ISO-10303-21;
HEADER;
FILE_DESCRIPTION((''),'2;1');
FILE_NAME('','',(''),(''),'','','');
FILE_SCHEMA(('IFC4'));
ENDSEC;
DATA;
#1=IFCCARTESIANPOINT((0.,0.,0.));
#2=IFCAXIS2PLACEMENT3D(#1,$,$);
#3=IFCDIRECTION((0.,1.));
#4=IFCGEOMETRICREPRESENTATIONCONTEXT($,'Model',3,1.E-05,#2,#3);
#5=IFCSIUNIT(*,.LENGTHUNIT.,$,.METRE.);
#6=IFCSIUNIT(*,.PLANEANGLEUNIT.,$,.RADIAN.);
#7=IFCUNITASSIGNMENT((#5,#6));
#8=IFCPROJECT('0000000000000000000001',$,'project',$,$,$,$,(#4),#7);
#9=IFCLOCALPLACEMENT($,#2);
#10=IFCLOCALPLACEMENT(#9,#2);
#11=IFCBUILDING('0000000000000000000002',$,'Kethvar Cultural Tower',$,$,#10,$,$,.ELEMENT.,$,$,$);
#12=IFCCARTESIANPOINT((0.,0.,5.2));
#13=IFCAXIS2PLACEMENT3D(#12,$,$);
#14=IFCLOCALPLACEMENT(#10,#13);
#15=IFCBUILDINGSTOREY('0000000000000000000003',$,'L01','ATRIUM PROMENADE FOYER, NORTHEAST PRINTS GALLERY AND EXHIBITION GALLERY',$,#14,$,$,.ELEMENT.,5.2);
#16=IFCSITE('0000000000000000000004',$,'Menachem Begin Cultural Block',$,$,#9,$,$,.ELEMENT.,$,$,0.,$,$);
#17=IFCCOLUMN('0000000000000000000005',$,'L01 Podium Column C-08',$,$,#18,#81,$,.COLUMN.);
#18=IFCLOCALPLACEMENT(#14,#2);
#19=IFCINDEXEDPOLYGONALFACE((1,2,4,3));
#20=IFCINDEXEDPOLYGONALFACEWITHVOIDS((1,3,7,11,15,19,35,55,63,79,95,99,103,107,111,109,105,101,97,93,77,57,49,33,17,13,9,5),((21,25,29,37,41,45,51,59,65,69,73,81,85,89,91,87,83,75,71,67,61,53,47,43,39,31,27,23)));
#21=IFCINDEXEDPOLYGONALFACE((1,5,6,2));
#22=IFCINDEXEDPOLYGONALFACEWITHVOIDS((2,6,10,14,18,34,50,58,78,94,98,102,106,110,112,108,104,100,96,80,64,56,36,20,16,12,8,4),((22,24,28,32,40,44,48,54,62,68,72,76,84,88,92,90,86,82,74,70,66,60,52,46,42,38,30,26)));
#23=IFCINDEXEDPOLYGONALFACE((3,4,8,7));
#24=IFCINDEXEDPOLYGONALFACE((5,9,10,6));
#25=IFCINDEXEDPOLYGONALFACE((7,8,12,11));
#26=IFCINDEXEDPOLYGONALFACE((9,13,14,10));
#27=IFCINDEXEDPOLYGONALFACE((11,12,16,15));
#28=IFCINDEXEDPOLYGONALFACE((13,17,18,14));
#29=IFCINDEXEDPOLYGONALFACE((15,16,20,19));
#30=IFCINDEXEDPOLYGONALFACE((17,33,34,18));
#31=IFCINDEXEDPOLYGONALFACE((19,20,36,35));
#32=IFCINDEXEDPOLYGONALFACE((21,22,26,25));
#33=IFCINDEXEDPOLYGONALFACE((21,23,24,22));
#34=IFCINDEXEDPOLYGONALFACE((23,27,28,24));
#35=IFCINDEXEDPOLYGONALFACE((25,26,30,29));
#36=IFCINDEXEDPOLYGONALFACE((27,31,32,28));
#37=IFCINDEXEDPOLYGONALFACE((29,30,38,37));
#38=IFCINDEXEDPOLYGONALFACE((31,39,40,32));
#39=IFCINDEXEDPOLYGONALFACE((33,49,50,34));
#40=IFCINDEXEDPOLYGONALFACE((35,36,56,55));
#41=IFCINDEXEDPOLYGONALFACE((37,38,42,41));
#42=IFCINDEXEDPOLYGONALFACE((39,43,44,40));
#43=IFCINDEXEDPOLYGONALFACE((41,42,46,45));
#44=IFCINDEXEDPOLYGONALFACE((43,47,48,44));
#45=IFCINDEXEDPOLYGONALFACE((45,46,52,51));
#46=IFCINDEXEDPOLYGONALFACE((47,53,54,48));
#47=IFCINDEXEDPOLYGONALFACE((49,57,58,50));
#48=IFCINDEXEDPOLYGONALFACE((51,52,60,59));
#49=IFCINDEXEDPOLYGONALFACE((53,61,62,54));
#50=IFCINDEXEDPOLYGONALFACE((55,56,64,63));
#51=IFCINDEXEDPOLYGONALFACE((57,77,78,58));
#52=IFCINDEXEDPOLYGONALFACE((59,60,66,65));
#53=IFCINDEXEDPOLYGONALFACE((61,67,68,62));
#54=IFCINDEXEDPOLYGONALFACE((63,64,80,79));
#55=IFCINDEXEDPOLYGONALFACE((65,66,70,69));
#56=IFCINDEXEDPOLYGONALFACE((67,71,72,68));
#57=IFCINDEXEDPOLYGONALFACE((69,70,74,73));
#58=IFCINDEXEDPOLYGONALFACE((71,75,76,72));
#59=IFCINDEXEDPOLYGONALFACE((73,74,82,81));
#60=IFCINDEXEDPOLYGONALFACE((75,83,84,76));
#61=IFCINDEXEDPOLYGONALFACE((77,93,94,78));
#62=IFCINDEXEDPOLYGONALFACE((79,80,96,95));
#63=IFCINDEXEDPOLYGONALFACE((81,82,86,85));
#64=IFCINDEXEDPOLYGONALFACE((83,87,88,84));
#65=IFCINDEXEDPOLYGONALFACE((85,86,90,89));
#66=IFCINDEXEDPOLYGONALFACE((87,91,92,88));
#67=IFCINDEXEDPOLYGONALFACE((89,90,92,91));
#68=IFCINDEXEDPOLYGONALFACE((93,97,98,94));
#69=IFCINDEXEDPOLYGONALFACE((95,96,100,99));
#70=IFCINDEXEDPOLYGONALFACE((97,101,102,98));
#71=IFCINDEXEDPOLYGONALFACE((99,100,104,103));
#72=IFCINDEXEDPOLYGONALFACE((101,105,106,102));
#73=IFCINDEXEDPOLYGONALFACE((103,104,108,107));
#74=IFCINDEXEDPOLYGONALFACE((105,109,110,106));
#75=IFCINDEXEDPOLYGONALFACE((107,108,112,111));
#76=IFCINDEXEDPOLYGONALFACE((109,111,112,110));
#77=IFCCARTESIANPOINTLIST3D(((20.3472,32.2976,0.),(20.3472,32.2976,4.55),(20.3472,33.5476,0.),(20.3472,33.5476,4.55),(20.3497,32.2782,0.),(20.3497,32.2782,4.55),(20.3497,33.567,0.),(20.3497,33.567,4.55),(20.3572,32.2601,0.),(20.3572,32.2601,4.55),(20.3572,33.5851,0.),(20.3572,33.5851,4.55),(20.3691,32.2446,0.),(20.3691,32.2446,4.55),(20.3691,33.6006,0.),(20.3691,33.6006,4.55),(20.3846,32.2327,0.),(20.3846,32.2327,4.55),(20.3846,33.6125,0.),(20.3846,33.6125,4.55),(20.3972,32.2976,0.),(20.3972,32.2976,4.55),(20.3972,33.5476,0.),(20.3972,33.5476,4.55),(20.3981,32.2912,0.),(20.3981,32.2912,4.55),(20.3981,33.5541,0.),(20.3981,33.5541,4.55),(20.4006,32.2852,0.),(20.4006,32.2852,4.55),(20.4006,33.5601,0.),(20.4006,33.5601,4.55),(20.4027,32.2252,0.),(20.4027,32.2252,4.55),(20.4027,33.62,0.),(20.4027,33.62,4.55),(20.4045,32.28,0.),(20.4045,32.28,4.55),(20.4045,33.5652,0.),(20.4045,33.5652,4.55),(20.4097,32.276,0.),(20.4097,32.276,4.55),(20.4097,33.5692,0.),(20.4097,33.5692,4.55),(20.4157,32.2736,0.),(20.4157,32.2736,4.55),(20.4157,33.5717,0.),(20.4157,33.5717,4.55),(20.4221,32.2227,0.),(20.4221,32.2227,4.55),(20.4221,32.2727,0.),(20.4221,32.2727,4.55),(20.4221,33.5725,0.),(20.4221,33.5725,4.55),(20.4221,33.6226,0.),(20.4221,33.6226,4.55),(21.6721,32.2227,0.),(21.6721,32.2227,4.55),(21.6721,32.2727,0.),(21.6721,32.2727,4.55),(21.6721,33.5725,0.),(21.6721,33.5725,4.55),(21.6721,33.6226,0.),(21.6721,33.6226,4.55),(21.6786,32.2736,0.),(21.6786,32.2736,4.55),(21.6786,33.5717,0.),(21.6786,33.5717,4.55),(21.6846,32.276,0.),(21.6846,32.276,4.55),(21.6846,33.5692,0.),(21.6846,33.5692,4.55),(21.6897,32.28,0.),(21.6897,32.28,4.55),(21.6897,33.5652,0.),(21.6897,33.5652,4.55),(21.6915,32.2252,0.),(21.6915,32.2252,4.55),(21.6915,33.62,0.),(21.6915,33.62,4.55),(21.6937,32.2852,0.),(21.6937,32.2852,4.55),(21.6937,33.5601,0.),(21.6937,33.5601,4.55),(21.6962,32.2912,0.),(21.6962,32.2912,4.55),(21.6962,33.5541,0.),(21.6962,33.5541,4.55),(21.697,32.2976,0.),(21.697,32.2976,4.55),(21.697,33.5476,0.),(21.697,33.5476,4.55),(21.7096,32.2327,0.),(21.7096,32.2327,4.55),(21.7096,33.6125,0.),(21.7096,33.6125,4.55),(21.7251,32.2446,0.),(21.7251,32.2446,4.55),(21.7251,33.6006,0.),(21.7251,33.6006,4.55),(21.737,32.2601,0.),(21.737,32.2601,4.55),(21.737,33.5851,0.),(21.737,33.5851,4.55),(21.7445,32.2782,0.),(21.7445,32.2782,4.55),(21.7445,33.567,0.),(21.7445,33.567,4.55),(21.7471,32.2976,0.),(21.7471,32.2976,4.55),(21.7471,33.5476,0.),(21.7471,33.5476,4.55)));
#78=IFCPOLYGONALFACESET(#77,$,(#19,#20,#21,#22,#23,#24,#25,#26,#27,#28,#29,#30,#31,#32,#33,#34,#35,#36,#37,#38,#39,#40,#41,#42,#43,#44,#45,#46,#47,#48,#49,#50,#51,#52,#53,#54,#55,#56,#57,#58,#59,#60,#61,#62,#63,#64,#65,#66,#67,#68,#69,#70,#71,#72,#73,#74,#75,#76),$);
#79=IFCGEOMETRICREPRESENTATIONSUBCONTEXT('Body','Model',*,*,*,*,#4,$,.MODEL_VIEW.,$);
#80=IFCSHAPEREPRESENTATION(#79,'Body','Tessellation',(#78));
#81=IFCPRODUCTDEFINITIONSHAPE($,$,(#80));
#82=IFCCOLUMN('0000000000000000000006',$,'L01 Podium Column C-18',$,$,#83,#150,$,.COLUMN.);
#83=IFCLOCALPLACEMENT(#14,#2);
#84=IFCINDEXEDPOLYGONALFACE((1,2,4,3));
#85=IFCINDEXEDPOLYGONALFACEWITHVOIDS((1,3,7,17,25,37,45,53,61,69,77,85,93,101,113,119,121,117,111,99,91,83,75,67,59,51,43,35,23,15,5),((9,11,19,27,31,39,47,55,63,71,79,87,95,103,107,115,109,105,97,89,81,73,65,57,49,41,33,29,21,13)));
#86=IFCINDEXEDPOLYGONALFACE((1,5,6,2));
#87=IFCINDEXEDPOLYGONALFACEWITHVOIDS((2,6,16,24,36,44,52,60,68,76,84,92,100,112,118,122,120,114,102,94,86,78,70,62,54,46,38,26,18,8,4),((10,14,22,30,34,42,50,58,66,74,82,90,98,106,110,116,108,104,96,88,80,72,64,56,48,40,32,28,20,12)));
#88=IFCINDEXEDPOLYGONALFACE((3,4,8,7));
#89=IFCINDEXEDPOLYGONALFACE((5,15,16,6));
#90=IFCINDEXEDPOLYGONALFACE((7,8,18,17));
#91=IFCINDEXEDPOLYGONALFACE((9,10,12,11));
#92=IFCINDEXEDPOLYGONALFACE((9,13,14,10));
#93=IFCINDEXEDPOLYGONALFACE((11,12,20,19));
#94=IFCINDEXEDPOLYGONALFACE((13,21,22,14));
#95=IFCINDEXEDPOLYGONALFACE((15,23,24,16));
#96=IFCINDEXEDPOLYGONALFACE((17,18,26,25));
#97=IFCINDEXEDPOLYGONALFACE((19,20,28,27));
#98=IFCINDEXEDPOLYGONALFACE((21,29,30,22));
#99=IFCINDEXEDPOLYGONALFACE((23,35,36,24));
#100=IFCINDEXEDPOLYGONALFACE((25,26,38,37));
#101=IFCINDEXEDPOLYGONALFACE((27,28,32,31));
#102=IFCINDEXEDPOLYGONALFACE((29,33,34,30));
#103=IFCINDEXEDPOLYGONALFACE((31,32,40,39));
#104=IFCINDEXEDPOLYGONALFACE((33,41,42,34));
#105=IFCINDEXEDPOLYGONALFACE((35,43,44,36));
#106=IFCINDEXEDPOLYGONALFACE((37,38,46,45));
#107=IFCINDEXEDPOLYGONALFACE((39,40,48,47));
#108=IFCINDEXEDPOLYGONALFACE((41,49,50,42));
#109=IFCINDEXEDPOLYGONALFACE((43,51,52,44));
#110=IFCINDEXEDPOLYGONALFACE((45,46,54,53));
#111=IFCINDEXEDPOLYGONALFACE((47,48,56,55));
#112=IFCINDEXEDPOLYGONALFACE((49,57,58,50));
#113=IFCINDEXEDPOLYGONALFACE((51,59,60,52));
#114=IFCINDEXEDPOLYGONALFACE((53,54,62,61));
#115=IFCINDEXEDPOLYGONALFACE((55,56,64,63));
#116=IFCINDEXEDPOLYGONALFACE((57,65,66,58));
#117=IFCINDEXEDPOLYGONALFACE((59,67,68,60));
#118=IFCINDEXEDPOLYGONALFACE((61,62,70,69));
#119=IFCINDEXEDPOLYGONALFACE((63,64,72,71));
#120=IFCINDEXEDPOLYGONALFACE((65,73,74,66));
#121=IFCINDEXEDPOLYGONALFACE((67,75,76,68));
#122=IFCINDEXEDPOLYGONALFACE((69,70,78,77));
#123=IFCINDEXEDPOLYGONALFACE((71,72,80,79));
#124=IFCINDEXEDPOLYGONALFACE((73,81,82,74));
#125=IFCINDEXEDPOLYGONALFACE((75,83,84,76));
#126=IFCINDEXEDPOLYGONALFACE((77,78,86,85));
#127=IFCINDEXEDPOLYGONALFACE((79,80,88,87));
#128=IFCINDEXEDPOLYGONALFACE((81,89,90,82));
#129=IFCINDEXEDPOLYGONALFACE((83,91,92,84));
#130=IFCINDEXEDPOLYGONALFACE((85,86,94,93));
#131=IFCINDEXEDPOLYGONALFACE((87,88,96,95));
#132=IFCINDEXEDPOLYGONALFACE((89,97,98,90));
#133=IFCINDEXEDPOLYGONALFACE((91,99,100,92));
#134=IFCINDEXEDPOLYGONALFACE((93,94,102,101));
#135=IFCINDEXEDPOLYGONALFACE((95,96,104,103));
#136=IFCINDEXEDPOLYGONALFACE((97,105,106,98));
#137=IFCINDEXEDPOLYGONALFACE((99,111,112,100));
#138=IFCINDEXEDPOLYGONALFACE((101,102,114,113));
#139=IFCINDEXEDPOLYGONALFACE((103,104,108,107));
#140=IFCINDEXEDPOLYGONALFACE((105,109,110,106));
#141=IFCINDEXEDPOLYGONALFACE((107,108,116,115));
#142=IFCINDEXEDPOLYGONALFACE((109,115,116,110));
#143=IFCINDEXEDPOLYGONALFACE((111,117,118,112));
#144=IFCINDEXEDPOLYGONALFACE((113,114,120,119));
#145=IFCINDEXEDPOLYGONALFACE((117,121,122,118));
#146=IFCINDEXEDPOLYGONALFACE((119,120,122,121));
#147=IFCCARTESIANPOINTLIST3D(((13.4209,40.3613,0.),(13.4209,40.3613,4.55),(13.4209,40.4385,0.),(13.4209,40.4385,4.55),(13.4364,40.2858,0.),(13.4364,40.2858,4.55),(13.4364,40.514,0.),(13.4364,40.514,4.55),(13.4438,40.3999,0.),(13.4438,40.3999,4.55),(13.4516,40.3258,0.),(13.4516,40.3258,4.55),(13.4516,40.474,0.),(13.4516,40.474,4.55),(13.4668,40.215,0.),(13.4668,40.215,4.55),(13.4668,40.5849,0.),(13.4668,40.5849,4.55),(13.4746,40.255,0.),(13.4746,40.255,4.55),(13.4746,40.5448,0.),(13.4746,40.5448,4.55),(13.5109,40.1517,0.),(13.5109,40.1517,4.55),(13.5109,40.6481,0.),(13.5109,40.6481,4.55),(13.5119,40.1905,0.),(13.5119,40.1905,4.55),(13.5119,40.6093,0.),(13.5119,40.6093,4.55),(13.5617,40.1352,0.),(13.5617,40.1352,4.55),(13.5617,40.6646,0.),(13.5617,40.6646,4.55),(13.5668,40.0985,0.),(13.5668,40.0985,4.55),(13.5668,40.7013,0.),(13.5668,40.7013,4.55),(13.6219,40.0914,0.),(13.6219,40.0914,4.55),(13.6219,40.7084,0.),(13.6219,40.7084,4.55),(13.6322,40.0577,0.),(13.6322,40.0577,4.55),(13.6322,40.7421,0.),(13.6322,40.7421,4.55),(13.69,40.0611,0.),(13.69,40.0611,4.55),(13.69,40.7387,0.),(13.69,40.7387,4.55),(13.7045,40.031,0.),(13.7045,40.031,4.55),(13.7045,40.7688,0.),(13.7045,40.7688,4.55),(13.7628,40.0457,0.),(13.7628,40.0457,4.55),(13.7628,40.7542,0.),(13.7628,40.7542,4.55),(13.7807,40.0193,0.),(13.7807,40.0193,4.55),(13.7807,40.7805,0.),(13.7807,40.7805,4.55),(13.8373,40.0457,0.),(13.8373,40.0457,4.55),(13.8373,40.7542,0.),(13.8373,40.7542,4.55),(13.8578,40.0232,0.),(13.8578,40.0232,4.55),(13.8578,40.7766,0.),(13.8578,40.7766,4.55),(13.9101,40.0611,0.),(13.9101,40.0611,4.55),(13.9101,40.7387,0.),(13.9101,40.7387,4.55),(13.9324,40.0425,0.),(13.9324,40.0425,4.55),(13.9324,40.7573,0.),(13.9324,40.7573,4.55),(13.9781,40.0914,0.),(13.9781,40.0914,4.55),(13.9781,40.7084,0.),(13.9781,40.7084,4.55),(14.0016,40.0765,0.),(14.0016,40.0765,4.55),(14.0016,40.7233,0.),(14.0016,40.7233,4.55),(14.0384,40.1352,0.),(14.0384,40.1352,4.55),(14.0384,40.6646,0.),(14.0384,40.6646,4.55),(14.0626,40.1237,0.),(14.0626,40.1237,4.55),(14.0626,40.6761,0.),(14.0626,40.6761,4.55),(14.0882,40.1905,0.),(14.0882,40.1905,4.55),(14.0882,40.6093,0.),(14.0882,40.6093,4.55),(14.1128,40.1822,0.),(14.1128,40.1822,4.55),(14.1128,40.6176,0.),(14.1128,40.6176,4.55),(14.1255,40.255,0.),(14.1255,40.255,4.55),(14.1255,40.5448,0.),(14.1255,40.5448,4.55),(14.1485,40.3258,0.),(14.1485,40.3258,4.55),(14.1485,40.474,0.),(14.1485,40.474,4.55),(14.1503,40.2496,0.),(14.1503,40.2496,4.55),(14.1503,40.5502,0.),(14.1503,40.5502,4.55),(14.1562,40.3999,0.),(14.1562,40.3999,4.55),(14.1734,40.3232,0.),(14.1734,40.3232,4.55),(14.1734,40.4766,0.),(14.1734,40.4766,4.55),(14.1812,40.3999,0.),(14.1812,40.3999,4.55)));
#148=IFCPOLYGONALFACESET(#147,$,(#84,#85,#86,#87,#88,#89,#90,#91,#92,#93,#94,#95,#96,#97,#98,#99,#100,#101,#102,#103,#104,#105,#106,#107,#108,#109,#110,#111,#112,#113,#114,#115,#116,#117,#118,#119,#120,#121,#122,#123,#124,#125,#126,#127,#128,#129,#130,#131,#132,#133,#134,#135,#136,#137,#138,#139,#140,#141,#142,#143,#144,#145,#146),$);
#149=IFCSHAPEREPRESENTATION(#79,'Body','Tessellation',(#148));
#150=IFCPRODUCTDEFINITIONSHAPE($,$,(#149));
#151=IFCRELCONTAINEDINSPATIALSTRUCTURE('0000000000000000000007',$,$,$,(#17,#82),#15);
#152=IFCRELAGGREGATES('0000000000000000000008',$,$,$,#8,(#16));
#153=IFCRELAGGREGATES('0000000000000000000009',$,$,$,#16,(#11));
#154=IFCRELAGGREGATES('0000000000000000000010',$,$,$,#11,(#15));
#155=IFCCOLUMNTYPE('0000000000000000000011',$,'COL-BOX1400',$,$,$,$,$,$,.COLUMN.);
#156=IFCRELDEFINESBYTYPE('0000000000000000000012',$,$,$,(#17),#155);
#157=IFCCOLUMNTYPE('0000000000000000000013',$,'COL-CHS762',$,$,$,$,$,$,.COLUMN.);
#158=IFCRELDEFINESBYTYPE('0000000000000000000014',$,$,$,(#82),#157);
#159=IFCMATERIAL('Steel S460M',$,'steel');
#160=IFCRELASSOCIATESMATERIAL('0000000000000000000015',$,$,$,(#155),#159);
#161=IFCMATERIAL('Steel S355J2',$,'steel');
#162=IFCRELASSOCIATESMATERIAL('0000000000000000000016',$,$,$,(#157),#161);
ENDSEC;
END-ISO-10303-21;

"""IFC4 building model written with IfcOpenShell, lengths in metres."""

from ifc_helpers import new_model, si_unit, direction, frame, origin, origin_2d, place, context, subcontext, project, spatial, hollow_rectangle, hollow_circle, extrude, source, transform, mapped, material, material_profile, profile_set, type_object, element, save


model = new_model("IFC4")

# Units and contexts
model_context = context("Model", 3, precision=1e-05, world=origin(), true_north=direction((0.0, 1.0)))
body_context = subcontext(model_context, "Body", "Model", "MODEL_VIEW")
ifc_project = project(units=[si_unit("LENGTHUNIT", "METRE"), si_unit("PLANEANGLEUNIT", "RADIAN")], contexts=[model_context])

# Site, building, storey
site_placement = place(None, origin())
site = spatial("IfcSite", under=ifc_project, at=site_placement, Name="Menachem Begin Cultural Block", CompositionType="ELEMENT", RefElevation=0.0)
building_placement = place(site_placement, origin())
building = spatial("IfcBuilding", under=site, at=building_placement, Name="Kethvar Cultural Tower", CompositionType="ELEMENT")
storey_placement = place(building_placement, frame((0.0, 0.0, 5.2)))
storey = spatial("IfcBuildingStorey", under=building, at=storey_placement, Name="L01", Description="ATRIUM PROMENADE FOYER, NORTHEAST PRINTS GALLERY AND EXHIBITION GALLERY", CompositionType="ELEMENT", Elevation=5.2)

# Columns
ifc_material_1 = material(Name="Steel S460M", Category="steel")
ifc_material_profile_1 = material_profile(ifc_material_1, hollow_rectangle(XDim=1.3999, YDim=1.3999, WallThickness=0.05, InnerFilletRadius=0.0249, OuterFilletRadius=0.075, at=origin_2d()), Name="Steel S460M — BOX1400x1400x50")
ifc_profile_set_1 = profile_set([ifc_material_profile_1], Name="Steel S460M — BOX1400x1400x50")
column_type_1 = type_object("IfcColumnType", Name="COL-BOX1400", PredefinedType="COLUMN", material=ifc_profile_set_1)
shared_shape_1 = source(origin(), body_context, "Body", "SweptSolid", [
    extrude(hollow_rectangle(XDim=1.3999, YDim=1.3999, WallThickness=0.05, InnerFilletRadius=0.0249, OuterFilletRadius=0.075, at=origin_2d()), origin(), (0.0, 0.0, 1.0), 4.55),
])
column_1_placement = place(storey_placement, frame((21.0471, 32.9226, 0.0), z_axis=(0.0, 0.0, 1.0), x_axis=(1.0, 0.0, 0.0)))
element("IfcColumn", 1, at=column_1_placement, inside=storey, type_object=column_type_1, Name="L01 Podium Column C-08", PredefinedType="COLUMN", context=body_context, shape_type="MappedRepresentation", body=[
    mapped(shared_shape_1, transform((0.0, 0.0, 0.0), scale=1.0)),
])
ifc_material_2 = material(Name="Steel S355J2", Category="steel")
ifc_material_profile_2 = material_profile(ifc_material_2, hollow_circle(Radius=0.3811, WallThickness=0.0249, at=origin_2d()), Name="Steel S355J2 — CHS762x25")
ifc_profile_set_2 = profile_set([ifc_material_profile_2], Name="Steel S355J2 — CHS762x25")
column_type_2 = type_object("IfcColumnType", Name="COL-CHS762", PredefinedType="COLUMN", material=ifc_profile_set_2)
shared_shape_2 = source(origin(), body_context, "Body", "SweptSolid", [
    extrude(hollow_circle(Radius=0.3811, WallThickness=0.0249, at=origin_2d()), origin(), (0.0, 0.0, 1.0), 4.55),
])
column_2_placement = place(storey_placement, frame((13.8, 40.3999, 0.0), z_axis=(0.0, 0.0, 1.0), x_axis=(1.0, 0.0, 0.0)))
element("IfcColumn", 2, at=column_2_placement, inside=storey, type_object=column_type_2, Name="L01 Podium Column C-18", PredefinedType="COLUMN", context=body_context, shape_type="MappedRepresentation", body=[
    mapped(shared_shape_2, transform((0.0, 0.0, 0.0), scale=1.0)),
])

save(model, "model.ifc")
